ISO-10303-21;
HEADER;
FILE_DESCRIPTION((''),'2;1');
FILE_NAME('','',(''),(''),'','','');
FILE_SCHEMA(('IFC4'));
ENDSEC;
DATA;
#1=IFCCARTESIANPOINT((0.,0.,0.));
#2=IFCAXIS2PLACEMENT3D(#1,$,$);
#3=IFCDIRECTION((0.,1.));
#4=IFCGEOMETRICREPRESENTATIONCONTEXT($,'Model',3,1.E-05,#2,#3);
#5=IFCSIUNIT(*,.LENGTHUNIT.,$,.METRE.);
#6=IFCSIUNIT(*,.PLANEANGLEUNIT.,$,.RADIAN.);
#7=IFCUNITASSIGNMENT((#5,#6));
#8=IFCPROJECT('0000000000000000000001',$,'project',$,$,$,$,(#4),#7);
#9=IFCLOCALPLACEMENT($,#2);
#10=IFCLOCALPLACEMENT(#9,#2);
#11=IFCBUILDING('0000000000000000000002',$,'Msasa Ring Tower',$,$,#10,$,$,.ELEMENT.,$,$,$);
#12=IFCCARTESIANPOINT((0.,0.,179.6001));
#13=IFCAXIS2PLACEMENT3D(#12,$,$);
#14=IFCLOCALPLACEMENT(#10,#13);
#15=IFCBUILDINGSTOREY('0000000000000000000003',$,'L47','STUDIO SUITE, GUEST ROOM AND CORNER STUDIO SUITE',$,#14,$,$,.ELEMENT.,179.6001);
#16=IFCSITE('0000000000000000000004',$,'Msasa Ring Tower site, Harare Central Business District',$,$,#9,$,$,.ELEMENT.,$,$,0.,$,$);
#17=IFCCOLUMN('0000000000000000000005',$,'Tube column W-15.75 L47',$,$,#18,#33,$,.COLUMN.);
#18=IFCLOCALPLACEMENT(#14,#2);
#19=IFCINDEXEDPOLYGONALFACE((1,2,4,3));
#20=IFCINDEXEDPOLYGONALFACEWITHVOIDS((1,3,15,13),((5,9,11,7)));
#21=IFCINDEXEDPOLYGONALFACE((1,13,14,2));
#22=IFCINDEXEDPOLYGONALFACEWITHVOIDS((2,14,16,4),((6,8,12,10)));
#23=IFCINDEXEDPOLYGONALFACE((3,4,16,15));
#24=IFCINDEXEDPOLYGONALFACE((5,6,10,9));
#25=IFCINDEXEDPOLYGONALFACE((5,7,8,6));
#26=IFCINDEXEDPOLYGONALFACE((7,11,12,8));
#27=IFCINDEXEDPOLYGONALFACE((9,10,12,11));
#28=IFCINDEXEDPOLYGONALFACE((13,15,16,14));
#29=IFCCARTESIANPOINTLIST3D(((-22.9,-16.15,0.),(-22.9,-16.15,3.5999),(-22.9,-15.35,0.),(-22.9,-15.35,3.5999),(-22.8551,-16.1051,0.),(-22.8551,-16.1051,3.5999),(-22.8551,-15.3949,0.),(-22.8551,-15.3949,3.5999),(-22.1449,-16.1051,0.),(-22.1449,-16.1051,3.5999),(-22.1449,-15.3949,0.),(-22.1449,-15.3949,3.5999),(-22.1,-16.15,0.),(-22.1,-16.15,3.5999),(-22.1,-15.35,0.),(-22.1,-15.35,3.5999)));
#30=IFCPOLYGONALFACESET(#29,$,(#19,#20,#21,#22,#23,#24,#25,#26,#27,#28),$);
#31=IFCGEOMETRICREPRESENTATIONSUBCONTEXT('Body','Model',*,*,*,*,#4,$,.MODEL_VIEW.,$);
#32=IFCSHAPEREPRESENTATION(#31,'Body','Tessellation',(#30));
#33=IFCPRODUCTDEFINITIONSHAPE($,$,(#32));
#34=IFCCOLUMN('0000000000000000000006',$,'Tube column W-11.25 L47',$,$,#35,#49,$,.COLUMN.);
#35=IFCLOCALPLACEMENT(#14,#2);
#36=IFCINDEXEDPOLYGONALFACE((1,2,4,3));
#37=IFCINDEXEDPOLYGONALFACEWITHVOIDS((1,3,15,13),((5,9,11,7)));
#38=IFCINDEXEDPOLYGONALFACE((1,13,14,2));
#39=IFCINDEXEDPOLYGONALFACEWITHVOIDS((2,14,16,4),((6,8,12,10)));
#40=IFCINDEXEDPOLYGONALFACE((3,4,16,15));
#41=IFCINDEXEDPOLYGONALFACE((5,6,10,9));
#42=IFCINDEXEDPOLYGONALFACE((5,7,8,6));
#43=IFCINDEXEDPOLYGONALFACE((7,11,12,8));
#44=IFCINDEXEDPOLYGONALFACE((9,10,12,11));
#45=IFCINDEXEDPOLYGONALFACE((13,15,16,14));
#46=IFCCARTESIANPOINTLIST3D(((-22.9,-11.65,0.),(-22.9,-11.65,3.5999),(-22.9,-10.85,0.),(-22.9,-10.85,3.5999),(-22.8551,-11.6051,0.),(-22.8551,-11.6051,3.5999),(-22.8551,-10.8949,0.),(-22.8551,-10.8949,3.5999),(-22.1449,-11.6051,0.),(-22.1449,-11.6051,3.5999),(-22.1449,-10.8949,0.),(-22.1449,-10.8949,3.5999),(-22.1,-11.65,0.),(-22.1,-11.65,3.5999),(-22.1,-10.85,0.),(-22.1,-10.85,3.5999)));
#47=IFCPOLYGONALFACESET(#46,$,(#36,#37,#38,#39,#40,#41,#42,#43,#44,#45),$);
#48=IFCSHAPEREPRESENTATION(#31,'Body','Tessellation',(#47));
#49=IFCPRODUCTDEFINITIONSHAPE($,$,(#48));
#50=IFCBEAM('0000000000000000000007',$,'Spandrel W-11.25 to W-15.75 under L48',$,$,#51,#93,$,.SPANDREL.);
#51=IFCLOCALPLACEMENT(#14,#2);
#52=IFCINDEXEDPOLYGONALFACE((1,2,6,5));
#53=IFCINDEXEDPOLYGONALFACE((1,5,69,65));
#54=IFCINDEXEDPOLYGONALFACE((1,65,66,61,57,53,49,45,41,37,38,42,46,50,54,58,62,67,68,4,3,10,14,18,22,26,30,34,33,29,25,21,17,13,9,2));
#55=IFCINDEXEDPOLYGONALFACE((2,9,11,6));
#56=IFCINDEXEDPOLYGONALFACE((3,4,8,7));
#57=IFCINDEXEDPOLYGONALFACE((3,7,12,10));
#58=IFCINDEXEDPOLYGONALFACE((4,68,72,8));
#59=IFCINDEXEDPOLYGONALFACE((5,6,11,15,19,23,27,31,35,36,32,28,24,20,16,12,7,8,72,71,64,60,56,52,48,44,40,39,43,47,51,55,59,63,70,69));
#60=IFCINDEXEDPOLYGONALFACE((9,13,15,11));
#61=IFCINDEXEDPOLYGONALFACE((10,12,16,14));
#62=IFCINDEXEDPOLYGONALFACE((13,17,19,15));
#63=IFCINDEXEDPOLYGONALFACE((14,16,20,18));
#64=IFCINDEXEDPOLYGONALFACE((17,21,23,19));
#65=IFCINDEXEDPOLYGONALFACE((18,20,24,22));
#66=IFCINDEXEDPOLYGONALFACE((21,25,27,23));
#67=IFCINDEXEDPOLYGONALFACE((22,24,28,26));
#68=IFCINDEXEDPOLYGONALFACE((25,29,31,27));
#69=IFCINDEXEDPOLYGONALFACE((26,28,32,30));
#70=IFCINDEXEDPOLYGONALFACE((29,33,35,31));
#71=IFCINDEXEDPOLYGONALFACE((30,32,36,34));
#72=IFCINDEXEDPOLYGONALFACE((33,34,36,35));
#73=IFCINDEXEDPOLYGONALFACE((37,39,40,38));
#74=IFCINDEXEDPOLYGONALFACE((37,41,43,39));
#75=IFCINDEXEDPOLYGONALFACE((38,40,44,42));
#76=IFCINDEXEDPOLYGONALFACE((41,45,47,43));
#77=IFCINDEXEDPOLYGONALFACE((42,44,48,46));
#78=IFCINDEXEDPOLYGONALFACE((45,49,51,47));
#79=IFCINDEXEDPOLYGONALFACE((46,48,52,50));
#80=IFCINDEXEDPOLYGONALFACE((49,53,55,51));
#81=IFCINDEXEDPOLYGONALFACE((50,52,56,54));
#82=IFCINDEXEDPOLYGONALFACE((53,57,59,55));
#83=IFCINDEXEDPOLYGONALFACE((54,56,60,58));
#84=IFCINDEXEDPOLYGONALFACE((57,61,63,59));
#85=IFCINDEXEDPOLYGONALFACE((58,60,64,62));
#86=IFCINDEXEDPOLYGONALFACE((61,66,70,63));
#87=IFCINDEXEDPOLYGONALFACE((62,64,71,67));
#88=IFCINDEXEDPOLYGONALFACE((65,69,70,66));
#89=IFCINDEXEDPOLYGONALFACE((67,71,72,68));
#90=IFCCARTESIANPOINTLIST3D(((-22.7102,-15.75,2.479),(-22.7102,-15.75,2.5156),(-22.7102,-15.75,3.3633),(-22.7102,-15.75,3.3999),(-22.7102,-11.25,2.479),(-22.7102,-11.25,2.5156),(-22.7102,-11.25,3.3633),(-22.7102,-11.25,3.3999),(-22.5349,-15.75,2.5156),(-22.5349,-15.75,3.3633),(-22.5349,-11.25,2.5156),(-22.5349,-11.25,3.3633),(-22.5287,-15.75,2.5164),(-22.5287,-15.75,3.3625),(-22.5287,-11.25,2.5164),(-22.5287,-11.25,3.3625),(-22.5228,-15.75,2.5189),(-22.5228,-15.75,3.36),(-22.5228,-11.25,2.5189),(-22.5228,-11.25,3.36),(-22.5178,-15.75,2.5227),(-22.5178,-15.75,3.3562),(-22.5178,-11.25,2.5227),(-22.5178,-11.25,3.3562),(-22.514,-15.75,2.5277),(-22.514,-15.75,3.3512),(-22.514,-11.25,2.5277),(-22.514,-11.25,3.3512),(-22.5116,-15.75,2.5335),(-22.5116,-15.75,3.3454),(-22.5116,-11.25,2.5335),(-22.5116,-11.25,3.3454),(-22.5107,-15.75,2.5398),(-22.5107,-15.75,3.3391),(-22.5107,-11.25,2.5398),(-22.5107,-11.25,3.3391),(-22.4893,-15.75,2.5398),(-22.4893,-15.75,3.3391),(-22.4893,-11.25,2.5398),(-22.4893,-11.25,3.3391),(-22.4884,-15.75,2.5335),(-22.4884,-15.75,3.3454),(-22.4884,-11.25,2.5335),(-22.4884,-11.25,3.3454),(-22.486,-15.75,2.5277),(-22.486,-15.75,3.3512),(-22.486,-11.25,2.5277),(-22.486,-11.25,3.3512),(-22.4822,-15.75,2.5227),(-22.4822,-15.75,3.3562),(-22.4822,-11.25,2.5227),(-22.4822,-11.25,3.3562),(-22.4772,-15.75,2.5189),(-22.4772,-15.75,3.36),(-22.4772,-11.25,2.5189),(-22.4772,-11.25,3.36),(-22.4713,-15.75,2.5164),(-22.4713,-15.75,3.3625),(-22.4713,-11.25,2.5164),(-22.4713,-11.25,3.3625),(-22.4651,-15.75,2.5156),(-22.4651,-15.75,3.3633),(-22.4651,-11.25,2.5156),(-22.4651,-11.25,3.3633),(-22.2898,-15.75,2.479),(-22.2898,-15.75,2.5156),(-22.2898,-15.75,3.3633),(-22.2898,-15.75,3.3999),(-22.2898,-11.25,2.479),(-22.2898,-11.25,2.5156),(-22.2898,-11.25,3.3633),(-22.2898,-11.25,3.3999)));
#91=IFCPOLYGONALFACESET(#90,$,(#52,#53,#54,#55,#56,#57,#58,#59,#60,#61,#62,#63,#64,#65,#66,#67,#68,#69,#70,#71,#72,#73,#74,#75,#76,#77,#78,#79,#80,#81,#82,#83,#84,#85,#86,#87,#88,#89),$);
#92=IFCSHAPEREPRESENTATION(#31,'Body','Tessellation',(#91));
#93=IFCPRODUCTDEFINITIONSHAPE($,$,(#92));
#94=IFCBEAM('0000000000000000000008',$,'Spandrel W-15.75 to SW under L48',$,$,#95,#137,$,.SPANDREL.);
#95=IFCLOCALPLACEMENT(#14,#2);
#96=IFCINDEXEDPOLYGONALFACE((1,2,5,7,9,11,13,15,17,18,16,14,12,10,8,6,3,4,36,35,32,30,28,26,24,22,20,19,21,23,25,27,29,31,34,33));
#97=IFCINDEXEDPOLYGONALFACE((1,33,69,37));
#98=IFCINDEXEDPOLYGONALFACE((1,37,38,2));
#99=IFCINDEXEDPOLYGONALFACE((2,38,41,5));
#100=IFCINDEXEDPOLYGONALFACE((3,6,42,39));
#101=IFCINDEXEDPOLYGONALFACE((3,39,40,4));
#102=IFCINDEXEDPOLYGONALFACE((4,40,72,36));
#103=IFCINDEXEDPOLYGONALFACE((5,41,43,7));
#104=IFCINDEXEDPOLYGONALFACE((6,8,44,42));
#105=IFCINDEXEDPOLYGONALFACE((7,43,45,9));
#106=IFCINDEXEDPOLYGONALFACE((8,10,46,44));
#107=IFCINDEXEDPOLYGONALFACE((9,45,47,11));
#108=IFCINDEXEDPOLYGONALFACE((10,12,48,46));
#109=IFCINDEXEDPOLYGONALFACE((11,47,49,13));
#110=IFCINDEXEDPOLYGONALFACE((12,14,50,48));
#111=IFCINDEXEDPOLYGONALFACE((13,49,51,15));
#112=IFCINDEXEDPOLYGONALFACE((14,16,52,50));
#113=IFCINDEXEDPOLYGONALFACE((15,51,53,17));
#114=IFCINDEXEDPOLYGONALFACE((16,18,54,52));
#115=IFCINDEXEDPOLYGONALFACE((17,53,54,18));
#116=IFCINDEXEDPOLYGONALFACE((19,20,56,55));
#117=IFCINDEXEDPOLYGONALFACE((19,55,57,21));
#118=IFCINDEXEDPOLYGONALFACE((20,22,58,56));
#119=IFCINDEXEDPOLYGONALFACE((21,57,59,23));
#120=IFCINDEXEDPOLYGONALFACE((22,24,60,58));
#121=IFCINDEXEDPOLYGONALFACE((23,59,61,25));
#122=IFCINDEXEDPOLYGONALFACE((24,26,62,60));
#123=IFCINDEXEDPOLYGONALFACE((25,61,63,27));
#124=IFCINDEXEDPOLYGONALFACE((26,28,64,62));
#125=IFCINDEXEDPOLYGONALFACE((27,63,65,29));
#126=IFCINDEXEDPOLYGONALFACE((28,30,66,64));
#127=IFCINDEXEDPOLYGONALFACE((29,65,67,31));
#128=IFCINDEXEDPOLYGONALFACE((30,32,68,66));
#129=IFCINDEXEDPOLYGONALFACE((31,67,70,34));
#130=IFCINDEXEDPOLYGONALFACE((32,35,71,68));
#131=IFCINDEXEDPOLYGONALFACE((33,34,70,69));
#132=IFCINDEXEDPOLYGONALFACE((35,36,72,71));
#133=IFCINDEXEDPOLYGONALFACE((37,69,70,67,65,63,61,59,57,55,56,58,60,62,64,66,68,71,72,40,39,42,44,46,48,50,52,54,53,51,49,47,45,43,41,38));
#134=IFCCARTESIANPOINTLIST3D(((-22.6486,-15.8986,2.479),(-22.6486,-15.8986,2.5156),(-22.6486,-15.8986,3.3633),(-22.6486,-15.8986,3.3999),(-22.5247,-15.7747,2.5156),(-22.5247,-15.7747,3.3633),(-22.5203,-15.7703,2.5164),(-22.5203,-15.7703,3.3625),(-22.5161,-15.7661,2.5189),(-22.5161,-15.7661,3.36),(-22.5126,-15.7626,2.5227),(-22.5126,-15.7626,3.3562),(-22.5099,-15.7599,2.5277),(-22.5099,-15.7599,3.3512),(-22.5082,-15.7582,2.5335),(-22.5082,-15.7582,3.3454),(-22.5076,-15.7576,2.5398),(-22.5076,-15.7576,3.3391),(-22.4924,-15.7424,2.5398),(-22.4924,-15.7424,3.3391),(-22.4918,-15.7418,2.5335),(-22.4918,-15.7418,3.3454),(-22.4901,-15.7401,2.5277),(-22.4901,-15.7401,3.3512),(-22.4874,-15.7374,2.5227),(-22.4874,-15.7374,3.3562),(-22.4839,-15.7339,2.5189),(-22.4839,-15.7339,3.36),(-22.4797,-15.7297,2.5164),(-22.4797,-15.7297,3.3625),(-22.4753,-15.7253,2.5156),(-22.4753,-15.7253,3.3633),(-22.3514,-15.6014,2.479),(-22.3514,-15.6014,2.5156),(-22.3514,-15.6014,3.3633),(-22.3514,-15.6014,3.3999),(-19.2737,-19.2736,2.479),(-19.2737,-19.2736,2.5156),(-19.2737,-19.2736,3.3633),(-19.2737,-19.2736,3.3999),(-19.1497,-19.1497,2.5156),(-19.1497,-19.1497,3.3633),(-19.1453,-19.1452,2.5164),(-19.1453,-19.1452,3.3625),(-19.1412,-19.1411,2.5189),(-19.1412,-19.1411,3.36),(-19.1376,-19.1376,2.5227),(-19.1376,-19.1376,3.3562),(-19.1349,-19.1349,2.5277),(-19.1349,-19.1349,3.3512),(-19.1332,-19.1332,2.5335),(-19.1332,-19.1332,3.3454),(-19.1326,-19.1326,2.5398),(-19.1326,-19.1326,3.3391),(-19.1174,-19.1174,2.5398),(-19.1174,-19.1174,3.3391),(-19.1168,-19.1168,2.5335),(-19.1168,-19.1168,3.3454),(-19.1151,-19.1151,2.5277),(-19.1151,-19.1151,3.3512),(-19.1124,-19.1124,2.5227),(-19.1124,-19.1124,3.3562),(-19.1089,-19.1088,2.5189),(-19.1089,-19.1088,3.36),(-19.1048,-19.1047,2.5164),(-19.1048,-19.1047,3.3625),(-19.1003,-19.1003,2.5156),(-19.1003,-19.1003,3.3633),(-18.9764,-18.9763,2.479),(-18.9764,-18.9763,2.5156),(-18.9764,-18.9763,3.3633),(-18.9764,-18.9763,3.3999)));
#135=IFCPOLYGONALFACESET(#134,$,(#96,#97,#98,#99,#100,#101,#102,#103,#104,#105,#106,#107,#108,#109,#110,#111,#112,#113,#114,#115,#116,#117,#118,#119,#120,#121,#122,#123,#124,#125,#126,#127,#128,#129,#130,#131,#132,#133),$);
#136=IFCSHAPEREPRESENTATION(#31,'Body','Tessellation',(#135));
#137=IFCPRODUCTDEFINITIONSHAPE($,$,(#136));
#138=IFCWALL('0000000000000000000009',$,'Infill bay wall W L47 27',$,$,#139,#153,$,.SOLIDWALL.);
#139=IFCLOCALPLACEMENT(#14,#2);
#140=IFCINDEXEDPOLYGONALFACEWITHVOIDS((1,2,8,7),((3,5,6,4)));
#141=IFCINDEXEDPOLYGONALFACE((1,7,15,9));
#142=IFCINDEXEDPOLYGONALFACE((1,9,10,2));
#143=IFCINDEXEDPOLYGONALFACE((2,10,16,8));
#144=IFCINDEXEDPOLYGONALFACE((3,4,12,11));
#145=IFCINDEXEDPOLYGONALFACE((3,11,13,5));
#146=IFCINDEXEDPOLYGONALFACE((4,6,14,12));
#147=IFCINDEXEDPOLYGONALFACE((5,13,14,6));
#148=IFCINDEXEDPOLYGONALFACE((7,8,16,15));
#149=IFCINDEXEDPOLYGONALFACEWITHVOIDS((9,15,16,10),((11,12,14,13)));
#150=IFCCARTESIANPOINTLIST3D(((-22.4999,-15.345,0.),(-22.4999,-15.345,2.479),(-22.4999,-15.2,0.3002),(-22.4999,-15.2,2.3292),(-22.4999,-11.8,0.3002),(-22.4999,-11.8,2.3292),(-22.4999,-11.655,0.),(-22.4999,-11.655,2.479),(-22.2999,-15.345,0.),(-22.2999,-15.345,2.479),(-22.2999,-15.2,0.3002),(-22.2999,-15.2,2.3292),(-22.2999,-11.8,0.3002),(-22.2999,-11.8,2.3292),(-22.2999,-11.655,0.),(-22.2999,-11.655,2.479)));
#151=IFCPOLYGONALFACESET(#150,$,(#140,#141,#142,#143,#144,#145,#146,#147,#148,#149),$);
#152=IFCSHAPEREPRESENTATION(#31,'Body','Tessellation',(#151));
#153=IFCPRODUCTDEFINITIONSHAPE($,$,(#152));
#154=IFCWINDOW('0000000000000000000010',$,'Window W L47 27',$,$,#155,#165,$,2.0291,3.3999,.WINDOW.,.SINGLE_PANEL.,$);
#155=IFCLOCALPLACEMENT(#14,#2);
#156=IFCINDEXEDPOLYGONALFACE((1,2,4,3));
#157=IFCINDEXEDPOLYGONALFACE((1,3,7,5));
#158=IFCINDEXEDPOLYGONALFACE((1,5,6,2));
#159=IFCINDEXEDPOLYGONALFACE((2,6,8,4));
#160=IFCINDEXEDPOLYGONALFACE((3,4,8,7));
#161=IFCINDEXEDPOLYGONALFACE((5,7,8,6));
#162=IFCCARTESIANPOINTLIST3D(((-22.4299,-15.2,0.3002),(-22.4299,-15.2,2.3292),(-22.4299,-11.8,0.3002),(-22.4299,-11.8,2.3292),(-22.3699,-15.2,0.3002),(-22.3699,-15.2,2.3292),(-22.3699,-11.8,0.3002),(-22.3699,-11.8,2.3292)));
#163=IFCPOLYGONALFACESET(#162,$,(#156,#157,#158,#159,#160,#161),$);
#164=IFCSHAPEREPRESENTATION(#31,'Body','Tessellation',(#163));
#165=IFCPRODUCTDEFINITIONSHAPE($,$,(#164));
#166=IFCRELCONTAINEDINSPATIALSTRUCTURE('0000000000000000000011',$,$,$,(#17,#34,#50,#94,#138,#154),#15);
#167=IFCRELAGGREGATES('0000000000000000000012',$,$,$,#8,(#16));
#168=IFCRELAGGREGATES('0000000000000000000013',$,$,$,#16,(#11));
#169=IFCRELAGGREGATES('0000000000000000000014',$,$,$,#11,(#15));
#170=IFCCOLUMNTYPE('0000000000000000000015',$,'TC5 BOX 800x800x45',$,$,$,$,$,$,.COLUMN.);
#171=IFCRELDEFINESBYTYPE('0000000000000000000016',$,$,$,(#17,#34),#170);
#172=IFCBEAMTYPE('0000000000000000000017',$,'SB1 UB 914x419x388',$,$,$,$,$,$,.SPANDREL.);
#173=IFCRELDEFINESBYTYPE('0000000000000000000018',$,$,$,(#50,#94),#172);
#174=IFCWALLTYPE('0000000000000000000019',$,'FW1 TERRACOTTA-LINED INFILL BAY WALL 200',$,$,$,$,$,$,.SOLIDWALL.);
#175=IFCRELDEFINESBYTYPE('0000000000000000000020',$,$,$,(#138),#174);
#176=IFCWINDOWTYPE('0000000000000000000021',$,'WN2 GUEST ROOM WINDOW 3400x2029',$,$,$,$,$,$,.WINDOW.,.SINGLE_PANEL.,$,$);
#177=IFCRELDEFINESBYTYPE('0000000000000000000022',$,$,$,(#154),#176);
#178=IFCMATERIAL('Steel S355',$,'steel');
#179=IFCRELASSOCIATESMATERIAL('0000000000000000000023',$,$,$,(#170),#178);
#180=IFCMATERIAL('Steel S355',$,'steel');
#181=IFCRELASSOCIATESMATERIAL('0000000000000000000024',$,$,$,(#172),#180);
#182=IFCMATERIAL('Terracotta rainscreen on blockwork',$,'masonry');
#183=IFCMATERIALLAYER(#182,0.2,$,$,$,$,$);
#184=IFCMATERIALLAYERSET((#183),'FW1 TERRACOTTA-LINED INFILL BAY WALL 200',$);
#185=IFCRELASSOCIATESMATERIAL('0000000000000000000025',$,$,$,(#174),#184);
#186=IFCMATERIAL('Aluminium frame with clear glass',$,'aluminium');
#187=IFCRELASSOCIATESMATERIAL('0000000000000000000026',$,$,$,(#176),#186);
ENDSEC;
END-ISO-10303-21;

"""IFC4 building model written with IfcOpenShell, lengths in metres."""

from ifc_helpers import new_model, si_unit, direction, frame, frame_2d, origin, origin_2d, place, context, subcontext, project, spatial, rectangle, hollow_rectangle, i_section, extrude, material, layer, layer_set, material_profile, profile_set, type_object, element, fill, save


model = new_model("IFC4")

# Units and contexts
model_context = context("Model", 3, precision=1e-05, world=origin(), true_north=direction((0.0, 1.0)))
body_context = subcontext(model_context, "Body", "Model", "MODEL_VIEW")
ifc_project = project(units=[si_unit("LENGTHUNIT", "METRE"), si_unit("PLANEANGLEUNIT", "RADIAN")], contexts=[model_context])

# Site, building, storey
site_placement = place(None, origin())
site = spatial("IfcSite", under=ifc_project, at=site_placement, Name="Msasa Ring Tower site, Harare Central Business District", CompositionType="ELEMENT", RefElevation=0.0)
building_placement = place(site_placement, origin())
building = spatial("IfcBuilding", under=site, at=building_placement, Name="Msasa Ring Tower", CompositionType="ELEMENT")
storey_placement = place(building_placement, frame((0.0, 0.0, 179.6001)))
storey = spatial("IfcBuildingStorey", under=building, at=storey_placement, Name="L47", Description="STUDIO SUITE, GUEST ROOM AND CORNER STUDIO SUITE", CompositionType="ELEMENT", Elevation=179.6001)

# Columns
ifc_material_1 = material(Name="Steel S355", Category="steel")
ifc_material_profile_1 = material_profile(ifc_material_1, hollow_rectangle(XDim=0.8, YDim=0.8, WallThickness=0.0449, at=origin_2d()), Name="BOX 800x800x45")
ifc_profile_set_1 = profile_set([ifc_material_profile_1], Name="Steel S355")
column_type = type_object("IfcColumnType", Name="TC5 BOX 800x800x45", PredefinedType="COLUMN", material=ifc_profile_set_1)
for number, where, z_axis, x_axis, name in (
    (1, (-22.5, -15.75, 0.0), (0.0, 0.0, 1.0), (1.0, 0.0, 0.0), "Tube column W-15.75 L47"),
    (2, (-22.5, -11.25, 0.0), (0.0, 0.0, 1.0), (1.0, 0.0, 0.0), "Tube column W-11.25 L47"),
):
    element("IfcColumn", number, at=place(storey_placement, frame(where, z_axis=z_axis, x_axis=x_axis)), inside=storey, type_object=column_type, Name=name, PredefinedType="COLUMN", context=body_context, shape_type="SweptSolid", body=[
        extrude(hollow_rectangle(XDim=0.8, YDim=0.8, WallThickness=0.0449, at=origin_2d()), origin(), (0.0, 0.0, 1.0), 3.5999),
    ])

# Beams
ifc_material_2 = material(Name="Steel S355", Category="steel")
ifc_material_profile_2 = material_profile(ifc_material_2, i_section(OverallWidth=0.4204, OverallDepth=0.9209, WebThickness=0.0215, FlangeThickness=0.0366, FilletRadius=0.0242, at=origin_2d()), Name="UB 914x419x388")
ifc_profile_set_2 = profile_set([ifc_material_profile_2], Name="Steel S355")
beam_type = type_object("IfcBeamType", Name="SB1 UB 914x419x388", PredefinedType="SPANDREL", material=ifc_profile_set_2)
beam_1_placement = place(storey_placement, frame((-22.5, -11.25, 2.9395), z_axis=(0.0, -1.0, 0.0), x_axis=(1.0, 0.0, 0.0)))
element("IfcBeam", 3, at=beam_1_placement, inside=storey, type_object=beam_type, Name="Spandrel W-11.25 to W-15.75 under L48", PredefinedType="SPANDREL", context=body_context, shape_type="SweptSolid", body=[
    extrude(i_section(OverallWidth=0.4204, OverallDepth=0.9209, WebThickness=0.0215, FlangeThickness=0.0366, FilletRadius=0.0242, at=origin_2d()), origin(), (0.0, 0.0, 1.0), 4.5),
])
beam_2_placement = place(storey_placement, frame((-22.5, -15.75, 2.9395), z_axis=(0.707107, -0.707107, 0.0), x_axis=(0.707107, 0.707107, 0.0)))
element("IfcBeam", 4, at=beam_2_placement, inside=storey, type_object=beam_type, Name="Spandrel W-15.75 to SW under L48", PredefinedType="SPANDREL", context=body_context, shape_type="SweptSolid", body=[
    extrude(i_section(OverallWidth=0.4204, OverallDepth=0.9209, WebThickness=0.0215, FlangeThickness=0.0366, FilletRadius=0.0242, at=origin_2d()), origin(), (0.0, 0.0, 1.0), 4.7729),
])

# Wall, opening, window
ifc_material_3 = material(Name="Terracotta rainscreen on blockwork", Category="masonry")
ifc_layer_1 = layer(ifc_material_3, 0.2)
ifc_layer_set_1 = layer_set([ifc_layer_1], Name="FW1 TERRACOTTA-LINED INFILL BAY WALL 200")
wall_type_1 = type_object("IfcWallType", Name="FW1 TERRACOTTA-LINED INFILL BAY WALL 200", PredefinedType="SOLIDWALL", material=ifc_layer_set_1)
wall_1_placement = place(storey_placement, frame((-22.3999, -15.345, 0.0), z_axis=(0.0, 0.0, 1.0), x_axis=(0.0, 1.0, 0.0)))
wall_1 = element("IfcWall", 5, at=wall_1_placement, inside=storey, type_object=wall_type_1, Name="Infill bay wall W L47 27", PredefinedType="SOLIDWALL", context=body_context, shape_type="SweptSolid", body=[
    extrude(rectangle(XDim=3.6899, YDim=0.2, at=frame_2d((1.845, 0.0))), origin(), (0.0, 0.0, 1.0), 2.479),
])
opening_1_placement = place(wall_1_placement, frame((0.145, 0.0, 0.3)))
opening_1 = element("IfcOpeningElement", 6, at=opening_1_placement, cuts=wall_1, PredefinedType="OPENING", context=body_context, shape_type="SweptSolid", body=[
    extrude(rectangle(XDim=3.3999, YDim=2.0291, at=frame_2d((1.7, 1.0146))), frame((0.0, 0.1099, 0.0), z_axis=(0.0, -1.0, 0.0), x_axis=(1.0, 0.0, 0.0)), (0.0, 0.0, 1.0), 0.22),
])
ifc_material_4 = material(Name="Aluminium frame with clear glass", Category="aluminium")
window_type = type_object("IfcWindowType", Name="WN2 GUEST ROOM WINDOW 3400x2029", PartitioningType="SINGLE_PANEL", PredefinedType="WINDOW", material=ifc_material_4)
window_1_placement = place(opening_1_placement, origin())
window_1 = element("IfcWindow", 7, at=window_1_placement, inside=storey, type_object=window_type, Name="Window W L47 27", OverallHeight=2.0291, OverallWidth=3.3999, PartitioningType="SINGLE_PANEL", PredefinedType="WINDOW", context=body_context, shape_type="SweptSolid", body=[
    extrude(rectangle(XDim=3.3999, YDim=2.0291, at=frame_2d((1.7, 1.0146))), frame((0.0, 0.03, 0.0), z_axis=(0.0, -1.0, 0.0), x_axis=(1.0, 0.0, 0.0)), (0.0, 0.0, 1.0), 0.0601),
])
fill(opening_1, window_1)

save(model, "model.ifc")
